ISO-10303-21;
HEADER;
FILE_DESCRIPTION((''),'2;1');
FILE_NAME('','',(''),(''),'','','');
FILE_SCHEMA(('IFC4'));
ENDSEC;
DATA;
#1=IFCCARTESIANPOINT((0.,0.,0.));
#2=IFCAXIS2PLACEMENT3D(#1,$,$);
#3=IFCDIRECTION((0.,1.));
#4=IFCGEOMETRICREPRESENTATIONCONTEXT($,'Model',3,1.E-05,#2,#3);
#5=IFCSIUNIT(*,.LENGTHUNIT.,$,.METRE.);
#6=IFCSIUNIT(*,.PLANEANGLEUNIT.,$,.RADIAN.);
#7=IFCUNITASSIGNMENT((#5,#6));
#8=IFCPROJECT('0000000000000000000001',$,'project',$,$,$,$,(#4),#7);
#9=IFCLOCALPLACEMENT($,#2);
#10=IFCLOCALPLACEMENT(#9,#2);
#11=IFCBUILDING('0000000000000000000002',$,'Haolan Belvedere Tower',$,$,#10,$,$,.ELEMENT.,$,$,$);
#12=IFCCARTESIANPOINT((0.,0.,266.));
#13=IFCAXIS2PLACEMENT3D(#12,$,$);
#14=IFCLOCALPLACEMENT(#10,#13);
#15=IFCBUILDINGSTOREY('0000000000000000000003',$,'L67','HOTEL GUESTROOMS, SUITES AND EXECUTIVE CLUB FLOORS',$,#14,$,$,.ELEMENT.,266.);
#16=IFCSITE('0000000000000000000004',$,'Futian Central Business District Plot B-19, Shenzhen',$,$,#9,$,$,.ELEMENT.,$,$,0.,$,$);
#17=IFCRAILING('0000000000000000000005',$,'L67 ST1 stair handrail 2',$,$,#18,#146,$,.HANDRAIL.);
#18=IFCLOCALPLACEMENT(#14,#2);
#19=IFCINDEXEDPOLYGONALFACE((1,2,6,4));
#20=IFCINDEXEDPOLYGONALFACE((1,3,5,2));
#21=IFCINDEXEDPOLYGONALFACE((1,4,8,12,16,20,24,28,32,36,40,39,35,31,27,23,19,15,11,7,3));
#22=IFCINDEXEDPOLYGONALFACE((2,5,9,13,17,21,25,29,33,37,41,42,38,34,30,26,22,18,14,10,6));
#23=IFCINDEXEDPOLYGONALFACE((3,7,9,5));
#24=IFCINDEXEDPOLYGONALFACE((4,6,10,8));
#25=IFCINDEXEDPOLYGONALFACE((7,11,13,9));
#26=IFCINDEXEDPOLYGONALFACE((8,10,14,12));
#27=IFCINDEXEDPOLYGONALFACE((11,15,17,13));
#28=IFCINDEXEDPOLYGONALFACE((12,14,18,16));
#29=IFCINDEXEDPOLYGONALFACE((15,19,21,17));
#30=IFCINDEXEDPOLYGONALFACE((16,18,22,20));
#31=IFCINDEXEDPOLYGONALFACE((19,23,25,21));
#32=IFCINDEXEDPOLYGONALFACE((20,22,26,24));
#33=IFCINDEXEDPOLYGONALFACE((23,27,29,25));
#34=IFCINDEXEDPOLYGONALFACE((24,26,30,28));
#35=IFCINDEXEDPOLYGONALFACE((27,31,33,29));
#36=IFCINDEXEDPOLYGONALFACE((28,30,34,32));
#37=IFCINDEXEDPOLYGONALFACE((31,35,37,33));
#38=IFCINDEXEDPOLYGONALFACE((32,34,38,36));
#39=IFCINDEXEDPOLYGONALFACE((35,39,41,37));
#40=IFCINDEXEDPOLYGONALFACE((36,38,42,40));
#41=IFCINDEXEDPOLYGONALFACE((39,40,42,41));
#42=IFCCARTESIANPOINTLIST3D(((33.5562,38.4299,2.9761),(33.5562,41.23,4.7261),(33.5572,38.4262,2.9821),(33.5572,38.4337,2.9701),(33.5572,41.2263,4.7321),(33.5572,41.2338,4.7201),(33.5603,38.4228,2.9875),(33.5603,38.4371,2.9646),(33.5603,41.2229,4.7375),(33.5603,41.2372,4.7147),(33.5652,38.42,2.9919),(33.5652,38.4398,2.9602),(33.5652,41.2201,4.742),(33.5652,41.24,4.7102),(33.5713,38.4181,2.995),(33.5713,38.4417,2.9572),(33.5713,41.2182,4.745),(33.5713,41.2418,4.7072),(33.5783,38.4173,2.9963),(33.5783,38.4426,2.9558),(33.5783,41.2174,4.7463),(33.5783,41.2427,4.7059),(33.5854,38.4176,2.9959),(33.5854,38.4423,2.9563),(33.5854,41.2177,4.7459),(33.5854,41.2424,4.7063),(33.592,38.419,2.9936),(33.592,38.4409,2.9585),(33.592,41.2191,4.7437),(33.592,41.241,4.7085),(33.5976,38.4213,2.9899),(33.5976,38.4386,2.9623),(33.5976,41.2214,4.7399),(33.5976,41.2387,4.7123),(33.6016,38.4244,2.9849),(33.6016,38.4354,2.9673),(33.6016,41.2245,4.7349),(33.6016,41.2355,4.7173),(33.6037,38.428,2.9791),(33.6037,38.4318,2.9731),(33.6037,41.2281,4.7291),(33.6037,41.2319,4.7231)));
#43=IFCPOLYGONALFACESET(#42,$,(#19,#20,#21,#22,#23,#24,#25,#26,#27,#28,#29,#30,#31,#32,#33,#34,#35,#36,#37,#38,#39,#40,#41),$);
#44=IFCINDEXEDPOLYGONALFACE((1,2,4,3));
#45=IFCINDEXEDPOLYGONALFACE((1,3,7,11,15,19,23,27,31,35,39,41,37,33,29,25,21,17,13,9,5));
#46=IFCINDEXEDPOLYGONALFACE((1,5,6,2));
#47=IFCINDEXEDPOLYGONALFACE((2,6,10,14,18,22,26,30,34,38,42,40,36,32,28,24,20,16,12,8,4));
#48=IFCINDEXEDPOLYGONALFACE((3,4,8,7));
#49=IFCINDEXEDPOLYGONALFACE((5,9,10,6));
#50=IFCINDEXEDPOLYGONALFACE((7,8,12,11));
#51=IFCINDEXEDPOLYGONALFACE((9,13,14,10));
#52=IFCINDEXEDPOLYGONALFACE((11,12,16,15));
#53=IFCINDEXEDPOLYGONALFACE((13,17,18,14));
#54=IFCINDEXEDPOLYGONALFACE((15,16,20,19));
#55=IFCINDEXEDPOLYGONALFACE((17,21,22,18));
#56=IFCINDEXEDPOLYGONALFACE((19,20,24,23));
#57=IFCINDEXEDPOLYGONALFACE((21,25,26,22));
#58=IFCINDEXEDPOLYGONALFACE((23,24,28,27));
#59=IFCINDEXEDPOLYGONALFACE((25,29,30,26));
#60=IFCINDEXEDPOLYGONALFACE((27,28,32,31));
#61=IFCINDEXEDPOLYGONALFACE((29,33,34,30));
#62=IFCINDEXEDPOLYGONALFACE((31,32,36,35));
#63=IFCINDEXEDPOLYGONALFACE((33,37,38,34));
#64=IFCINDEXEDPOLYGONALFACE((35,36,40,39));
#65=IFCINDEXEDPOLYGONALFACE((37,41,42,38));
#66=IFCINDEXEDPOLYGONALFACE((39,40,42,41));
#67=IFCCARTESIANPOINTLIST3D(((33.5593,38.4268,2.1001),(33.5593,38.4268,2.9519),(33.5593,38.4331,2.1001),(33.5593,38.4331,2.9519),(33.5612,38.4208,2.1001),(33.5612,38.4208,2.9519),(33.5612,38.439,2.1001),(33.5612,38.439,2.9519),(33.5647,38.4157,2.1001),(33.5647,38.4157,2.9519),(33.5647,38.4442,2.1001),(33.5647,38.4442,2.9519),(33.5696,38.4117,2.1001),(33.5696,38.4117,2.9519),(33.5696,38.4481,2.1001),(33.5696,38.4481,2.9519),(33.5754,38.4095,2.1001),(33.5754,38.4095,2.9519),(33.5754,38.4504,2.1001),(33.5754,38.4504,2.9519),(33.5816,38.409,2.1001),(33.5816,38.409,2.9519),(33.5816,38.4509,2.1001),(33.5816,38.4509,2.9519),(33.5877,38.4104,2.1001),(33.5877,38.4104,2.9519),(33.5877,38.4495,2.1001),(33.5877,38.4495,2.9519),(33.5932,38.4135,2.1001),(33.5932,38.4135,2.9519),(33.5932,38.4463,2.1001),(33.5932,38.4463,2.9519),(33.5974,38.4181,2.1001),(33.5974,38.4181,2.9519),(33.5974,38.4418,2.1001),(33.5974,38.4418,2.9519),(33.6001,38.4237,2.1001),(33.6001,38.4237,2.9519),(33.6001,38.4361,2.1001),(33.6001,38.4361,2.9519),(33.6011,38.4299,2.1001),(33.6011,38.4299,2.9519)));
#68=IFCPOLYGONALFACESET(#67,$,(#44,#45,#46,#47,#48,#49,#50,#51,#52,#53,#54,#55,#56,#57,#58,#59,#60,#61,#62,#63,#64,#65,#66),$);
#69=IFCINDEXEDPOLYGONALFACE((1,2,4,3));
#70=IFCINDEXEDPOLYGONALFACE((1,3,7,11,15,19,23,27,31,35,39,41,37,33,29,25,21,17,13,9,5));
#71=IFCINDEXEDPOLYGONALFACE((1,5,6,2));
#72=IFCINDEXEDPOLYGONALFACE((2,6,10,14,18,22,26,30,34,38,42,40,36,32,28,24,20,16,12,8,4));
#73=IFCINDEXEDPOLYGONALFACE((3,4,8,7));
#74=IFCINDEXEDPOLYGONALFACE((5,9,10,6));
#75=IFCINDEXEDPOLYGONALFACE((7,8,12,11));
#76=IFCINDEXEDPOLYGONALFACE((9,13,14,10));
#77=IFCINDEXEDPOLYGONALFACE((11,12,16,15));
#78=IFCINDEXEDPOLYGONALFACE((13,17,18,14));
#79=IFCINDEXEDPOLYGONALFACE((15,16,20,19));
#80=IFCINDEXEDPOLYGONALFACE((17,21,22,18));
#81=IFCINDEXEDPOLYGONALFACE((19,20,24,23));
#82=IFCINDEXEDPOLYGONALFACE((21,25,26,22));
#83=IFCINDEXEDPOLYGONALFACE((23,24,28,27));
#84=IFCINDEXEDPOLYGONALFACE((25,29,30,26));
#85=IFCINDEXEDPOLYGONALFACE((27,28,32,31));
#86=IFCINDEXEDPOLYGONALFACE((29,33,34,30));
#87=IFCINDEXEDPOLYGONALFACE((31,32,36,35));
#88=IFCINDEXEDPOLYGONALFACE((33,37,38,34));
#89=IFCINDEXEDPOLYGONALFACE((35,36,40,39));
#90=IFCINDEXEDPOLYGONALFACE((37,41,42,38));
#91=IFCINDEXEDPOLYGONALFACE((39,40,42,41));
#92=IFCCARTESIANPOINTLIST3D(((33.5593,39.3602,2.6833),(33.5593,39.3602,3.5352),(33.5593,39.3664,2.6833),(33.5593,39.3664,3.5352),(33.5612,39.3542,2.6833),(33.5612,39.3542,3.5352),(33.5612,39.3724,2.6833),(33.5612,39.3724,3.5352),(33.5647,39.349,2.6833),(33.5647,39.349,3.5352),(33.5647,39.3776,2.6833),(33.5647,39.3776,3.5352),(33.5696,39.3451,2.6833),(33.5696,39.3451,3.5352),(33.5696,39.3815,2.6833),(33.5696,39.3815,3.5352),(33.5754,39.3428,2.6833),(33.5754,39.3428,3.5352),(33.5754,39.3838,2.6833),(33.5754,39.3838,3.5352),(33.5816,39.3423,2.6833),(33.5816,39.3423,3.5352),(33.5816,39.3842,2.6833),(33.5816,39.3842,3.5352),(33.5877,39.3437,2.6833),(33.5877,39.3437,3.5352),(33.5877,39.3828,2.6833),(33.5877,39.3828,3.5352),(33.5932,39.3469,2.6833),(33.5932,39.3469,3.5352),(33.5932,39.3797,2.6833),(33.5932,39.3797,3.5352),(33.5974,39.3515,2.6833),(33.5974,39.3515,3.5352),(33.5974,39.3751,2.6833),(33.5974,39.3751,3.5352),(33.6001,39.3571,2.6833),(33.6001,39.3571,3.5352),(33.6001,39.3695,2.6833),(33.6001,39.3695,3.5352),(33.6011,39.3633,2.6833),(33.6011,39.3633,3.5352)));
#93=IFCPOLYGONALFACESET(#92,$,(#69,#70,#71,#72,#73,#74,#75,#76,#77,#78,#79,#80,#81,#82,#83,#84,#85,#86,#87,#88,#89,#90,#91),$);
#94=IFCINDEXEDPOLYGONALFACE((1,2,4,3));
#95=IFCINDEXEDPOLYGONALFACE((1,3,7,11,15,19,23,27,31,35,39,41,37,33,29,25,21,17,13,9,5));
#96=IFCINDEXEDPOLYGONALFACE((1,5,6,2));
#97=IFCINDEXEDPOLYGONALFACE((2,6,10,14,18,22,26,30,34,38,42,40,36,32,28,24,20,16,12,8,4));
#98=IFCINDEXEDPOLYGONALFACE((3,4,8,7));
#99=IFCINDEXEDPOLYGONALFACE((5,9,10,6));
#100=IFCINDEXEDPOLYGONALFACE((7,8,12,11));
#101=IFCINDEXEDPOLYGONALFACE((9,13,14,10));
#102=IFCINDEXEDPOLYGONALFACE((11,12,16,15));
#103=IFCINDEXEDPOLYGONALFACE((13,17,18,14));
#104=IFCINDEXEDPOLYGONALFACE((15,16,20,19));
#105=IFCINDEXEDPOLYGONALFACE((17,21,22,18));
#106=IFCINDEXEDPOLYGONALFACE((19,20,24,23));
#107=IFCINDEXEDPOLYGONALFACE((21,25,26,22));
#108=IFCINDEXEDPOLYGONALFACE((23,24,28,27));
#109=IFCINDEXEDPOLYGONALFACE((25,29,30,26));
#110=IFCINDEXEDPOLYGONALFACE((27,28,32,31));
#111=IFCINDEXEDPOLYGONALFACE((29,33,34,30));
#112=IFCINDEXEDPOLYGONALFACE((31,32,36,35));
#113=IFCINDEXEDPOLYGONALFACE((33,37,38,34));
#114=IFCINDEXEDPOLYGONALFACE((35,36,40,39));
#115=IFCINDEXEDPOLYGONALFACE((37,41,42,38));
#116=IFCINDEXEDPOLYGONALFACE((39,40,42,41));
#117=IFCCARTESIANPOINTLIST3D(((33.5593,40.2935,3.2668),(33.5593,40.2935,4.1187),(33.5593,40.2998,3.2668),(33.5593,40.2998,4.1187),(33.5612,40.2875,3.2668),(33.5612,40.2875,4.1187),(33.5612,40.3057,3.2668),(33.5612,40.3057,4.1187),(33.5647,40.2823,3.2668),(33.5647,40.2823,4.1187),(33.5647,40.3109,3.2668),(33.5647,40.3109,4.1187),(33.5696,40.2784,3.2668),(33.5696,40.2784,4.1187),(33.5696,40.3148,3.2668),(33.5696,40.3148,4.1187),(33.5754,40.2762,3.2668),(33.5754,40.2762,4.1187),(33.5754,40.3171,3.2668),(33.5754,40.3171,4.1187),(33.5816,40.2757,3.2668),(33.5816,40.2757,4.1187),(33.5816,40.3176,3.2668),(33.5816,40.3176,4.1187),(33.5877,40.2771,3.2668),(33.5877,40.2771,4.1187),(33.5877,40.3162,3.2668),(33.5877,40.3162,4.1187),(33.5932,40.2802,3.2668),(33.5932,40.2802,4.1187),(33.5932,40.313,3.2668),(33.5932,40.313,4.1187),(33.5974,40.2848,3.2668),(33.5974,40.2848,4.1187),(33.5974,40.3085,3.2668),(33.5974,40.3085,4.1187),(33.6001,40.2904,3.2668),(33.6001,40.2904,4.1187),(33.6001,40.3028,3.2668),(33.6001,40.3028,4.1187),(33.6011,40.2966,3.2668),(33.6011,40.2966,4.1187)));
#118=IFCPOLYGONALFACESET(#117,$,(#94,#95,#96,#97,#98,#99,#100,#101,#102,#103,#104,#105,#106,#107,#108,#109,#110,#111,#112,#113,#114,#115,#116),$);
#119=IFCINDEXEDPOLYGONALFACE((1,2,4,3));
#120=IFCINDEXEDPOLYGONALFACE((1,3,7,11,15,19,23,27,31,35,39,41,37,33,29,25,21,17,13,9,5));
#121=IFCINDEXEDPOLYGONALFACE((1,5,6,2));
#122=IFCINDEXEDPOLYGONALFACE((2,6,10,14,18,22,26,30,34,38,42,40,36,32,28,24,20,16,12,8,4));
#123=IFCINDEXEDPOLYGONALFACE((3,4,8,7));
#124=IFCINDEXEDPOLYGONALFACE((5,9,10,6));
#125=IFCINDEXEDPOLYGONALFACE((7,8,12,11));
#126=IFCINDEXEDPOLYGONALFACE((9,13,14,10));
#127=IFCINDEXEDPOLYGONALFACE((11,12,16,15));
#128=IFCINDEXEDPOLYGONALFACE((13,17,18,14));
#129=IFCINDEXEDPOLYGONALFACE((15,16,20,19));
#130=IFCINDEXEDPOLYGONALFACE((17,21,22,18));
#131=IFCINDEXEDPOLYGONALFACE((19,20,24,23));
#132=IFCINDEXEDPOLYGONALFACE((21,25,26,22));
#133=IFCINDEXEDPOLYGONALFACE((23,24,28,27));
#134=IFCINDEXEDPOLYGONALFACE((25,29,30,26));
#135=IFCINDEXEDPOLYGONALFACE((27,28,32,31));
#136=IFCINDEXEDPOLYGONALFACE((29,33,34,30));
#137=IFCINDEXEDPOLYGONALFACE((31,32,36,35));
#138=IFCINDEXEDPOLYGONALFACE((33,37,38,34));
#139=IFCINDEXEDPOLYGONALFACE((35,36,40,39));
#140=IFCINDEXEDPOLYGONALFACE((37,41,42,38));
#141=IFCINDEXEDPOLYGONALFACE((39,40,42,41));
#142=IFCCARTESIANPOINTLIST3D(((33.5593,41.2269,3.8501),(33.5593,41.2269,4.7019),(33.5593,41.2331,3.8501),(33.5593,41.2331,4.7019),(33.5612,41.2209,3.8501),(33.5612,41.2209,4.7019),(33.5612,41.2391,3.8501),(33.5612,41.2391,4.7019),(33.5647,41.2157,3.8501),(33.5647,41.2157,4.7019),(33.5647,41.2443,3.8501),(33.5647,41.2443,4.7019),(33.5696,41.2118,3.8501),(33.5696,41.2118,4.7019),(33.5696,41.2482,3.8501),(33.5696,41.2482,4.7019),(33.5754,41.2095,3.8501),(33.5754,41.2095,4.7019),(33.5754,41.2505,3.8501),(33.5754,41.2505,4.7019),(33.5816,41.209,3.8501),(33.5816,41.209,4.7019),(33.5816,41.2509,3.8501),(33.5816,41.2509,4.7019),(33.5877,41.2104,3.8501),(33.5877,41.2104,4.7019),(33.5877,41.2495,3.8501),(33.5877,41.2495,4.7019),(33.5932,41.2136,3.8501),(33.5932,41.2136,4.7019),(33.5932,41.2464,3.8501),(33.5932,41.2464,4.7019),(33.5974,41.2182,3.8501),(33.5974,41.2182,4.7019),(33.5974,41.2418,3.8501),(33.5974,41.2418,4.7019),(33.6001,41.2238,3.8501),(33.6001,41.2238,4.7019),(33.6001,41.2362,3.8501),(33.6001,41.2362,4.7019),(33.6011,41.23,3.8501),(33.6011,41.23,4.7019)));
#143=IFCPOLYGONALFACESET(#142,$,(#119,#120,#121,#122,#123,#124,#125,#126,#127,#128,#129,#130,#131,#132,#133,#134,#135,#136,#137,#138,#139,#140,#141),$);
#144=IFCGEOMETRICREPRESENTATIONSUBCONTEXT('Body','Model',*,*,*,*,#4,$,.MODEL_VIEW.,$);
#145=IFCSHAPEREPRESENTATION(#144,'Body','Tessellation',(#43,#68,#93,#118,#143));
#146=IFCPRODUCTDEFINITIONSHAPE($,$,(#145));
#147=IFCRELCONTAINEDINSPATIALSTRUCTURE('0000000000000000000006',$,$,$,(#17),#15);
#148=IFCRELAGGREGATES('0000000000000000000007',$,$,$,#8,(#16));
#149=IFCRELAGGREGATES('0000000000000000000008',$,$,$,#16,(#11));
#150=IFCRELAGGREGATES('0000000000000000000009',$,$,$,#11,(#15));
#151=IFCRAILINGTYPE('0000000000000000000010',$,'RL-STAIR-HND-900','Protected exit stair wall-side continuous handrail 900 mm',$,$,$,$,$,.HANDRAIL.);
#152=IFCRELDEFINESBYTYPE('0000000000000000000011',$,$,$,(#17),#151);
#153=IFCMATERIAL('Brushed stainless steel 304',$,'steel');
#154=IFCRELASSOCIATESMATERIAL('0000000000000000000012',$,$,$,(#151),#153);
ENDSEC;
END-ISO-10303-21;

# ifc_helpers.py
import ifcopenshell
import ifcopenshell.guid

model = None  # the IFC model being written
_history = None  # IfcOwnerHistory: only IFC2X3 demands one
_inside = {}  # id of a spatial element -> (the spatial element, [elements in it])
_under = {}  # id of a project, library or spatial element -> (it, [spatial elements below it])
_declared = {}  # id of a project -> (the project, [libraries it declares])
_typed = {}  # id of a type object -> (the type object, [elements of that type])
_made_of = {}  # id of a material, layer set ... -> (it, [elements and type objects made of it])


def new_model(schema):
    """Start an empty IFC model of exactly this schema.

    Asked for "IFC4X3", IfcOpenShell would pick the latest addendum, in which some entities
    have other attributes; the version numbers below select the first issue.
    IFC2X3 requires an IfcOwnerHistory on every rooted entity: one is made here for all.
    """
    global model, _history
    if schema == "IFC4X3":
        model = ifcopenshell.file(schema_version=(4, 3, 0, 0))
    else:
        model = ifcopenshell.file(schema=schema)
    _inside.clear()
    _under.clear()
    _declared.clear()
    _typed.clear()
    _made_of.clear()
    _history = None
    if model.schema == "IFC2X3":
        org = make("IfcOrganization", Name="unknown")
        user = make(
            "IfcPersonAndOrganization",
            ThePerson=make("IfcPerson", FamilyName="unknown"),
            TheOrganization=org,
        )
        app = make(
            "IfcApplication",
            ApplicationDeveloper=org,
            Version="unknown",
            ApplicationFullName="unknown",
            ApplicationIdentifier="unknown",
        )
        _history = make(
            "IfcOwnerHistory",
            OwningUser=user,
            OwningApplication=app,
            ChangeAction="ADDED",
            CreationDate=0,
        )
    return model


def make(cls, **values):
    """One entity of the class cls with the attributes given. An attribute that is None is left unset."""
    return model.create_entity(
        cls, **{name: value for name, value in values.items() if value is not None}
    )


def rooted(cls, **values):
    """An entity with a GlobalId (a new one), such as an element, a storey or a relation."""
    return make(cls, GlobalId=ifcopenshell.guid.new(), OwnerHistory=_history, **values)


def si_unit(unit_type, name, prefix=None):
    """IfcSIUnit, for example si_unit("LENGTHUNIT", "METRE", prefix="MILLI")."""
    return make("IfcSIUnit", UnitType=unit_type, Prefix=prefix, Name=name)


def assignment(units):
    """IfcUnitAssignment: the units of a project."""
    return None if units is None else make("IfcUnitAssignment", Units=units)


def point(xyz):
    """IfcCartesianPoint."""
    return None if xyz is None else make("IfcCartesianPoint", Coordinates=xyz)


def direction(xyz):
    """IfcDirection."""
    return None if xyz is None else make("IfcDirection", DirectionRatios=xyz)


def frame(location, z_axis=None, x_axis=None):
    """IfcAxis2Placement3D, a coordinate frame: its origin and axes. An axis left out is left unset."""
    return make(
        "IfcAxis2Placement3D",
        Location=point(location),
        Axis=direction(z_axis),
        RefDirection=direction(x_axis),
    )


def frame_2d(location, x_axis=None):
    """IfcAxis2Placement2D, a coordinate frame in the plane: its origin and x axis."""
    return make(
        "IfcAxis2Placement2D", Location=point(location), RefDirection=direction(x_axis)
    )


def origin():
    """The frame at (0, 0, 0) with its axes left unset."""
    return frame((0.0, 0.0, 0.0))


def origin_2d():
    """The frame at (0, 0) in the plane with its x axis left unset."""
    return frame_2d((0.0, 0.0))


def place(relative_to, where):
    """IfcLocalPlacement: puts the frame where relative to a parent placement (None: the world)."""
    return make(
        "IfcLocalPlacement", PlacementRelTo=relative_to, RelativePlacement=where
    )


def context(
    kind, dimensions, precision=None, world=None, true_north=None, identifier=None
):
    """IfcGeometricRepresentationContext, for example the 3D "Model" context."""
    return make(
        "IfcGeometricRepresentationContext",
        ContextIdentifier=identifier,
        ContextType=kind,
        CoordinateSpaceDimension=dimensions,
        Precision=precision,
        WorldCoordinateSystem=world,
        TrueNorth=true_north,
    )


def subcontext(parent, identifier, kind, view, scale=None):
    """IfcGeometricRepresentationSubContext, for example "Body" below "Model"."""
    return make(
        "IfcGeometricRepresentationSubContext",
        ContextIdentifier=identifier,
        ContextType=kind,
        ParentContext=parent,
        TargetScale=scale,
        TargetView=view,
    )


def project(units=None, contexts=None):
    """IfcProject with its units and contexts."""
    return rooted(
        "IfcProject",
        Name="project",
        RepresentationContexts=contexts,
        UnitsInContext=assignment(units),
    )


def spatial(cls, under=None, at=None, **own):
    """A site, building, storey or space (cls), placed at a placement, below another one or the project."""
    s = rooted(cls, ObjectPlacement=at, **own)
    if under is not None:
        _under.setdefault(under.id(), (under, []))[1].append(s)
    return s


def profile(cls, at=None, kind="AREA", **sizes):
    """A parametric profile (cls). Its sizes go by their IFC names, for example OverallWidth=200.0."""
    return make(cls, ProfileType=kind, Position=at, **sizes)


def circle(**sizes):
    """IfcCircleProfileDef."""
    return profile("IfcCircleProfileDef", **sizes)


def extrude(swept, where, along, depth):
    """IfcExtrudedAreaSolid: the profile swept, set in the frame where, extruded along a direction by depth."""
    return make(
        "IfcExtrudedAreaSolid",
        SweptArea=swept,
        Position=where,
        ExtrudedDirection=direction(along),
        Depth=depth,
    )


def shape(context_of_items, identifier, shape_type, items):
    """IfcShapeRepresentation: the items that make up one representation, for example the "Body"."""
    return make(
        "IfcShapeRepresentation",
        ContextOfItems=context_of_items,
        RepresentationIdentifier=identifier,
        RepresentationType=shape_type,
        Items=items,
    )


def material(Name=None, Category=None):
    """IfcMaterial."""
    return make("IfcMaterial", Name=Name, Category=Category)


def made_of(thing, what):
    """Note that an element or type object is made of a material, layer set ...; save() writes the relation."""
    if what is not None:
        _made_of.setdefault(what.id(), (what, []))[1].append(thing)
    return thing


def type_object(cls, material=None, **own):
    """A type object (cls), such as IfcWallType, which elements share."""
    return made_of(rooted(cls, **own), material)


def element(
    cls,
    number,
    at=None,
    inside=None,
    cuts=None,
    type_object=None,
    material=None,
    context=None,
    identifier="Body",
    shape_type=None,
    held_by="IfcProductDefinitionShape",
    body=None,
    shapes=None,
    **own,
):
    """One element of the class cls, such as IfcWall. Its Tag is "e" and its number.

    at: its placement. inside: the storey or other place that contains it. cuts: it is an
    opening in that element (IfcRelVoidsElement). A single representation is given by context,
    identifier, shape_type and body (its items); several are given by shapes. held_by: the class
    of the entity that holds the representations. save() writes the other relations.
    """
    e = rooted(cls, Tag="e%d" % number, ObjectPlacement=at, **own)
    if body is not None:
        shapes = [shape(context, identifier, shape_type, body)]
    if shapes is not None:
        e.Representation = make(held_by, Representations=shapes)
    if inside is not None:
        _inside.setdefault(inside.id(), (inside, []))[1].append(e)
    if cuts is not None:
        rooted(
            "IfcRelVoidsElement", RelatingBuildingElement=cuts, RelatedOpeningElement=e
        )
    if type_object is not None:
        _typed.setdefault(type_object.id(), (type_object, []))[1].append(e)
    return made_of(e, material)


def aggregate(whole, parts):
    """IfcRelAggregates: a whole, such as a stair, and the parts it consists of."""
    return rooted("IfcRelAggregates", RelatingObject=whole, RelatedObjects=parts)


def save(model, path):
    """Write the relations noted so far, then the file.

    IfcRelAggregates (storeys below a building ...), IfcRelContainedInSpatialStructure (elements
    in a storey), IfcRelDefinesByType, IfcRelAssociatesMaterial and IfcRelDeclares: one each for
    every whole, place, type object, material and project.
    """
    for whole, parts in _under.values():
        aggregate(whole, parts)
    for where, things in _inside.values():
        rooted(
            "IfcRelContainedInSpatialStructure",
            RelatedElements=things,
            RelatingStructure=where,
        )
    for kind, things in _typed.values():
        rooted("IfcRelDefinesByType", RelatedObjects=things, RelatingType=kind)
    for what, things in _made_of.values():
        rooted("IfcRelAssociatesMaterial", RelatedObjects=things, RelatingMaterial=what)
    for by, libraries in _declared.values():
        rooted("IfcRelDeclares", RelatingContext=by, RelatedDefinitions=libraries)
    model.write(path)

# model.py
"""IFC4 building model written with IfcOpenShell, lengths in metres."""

from ifc_helpers import new_model, si_unit, direction, frame, origin, origin_2d, place, context, subcontext, project, spatial, circle, extrude, material, type_object, element, save


model = new_model("IFC4")

# Units and contexts
model_context = context("Model", 3, precision=1e-05, world=origin(), true_north=direction((0.0, 1.0)))
body_context = subcontext(model_context, "Body", "Model", "MODEL_VIEW")
ifc_project = project(units=[si_unit("LENGTHUNIT", "METRE"), si_unit("PLANEANGLEUNIT", "RADIAN")], contexts=[model_context])

# Site, building, storey
site_placement = place(None, origin())
site = spatial("IfcSite", under=ifc_project, at=site_placement, Name="Futian Central Business District Plot B-19, Shenzhen", CompositionType="ELEMENT", RefElevation=0.0)
building_placement = place(site_placement, origin())
building = spatial("IfcBuilding", under=site, at=building_placement, Name="Haolan Belvedere Tower", CompositionType="ELEMENT")
storey_placement = place(building_placement, frame((0.0, 0.0, 266.0)))
storey = spatial("IfcBuildingStorey", under=building, at=storey_placement, Name="L67", Description="HOTEL GUESTROOMS, SUITES AND EXECUTIVE CLUB FLOORS", CompositionType="ELEMENT", Elevation=266.0)

# Railing
ifc_material_1 = material(Name="Brushed stainless steel 304", Category="steel")
railing_type_1 = type_object("IfcRailingType", Name="RL-STAIR-HND-900", Description="Protected exit stair wall-side continuous handrail 900 mm", PredefinedType="HANDRAIL", material=ifc_material_1)
railing_1_placement = place(storey_placement, frame((33.5801, 38.4299, 2.1001)))
element("IfcRailing", 1, at=railing_1_placement, inside=storey, type_object=railing_type_1, Name="L67 ST1 stair handrail 2", PredefinedType="HANDRAIL", context=body_context, shape_type="SweptSolid", body=[
    extrude(circle(Radius=0.0239, at=origin_2d()), frame((0.0, 0.0, 0.876), z_axis=(0.0, 0.848002, 0.529992), x_axis=(-1.0, 0.0, 0.0)), (0.0, 0.0, 1.0), 3.302),
    extrude(circle(Radius=0.021, at=origin_2d()), origin(), (0.0, 0.0, 1.0), 0.8518),
    extrude(circle(Radius=0.021, at=origin_2d()), frame((0.0, 0.9333, 0.5833)), (0.0, 0.0, 1.0), 0.8518),
    extrude(circle(Radius=0.021, at=origin_2d()), frame((0.0, 1.8667, 1.1667)), (0.0, 0.0, 1.0), 0.8518),
    extrude(circle(Radius=0.021, at=origin_2d()), frame((0.0, 2.8, 1.75)), (0.0, 0.0, 1.0), 0.8518),
])

save(model, "model.ifc")
